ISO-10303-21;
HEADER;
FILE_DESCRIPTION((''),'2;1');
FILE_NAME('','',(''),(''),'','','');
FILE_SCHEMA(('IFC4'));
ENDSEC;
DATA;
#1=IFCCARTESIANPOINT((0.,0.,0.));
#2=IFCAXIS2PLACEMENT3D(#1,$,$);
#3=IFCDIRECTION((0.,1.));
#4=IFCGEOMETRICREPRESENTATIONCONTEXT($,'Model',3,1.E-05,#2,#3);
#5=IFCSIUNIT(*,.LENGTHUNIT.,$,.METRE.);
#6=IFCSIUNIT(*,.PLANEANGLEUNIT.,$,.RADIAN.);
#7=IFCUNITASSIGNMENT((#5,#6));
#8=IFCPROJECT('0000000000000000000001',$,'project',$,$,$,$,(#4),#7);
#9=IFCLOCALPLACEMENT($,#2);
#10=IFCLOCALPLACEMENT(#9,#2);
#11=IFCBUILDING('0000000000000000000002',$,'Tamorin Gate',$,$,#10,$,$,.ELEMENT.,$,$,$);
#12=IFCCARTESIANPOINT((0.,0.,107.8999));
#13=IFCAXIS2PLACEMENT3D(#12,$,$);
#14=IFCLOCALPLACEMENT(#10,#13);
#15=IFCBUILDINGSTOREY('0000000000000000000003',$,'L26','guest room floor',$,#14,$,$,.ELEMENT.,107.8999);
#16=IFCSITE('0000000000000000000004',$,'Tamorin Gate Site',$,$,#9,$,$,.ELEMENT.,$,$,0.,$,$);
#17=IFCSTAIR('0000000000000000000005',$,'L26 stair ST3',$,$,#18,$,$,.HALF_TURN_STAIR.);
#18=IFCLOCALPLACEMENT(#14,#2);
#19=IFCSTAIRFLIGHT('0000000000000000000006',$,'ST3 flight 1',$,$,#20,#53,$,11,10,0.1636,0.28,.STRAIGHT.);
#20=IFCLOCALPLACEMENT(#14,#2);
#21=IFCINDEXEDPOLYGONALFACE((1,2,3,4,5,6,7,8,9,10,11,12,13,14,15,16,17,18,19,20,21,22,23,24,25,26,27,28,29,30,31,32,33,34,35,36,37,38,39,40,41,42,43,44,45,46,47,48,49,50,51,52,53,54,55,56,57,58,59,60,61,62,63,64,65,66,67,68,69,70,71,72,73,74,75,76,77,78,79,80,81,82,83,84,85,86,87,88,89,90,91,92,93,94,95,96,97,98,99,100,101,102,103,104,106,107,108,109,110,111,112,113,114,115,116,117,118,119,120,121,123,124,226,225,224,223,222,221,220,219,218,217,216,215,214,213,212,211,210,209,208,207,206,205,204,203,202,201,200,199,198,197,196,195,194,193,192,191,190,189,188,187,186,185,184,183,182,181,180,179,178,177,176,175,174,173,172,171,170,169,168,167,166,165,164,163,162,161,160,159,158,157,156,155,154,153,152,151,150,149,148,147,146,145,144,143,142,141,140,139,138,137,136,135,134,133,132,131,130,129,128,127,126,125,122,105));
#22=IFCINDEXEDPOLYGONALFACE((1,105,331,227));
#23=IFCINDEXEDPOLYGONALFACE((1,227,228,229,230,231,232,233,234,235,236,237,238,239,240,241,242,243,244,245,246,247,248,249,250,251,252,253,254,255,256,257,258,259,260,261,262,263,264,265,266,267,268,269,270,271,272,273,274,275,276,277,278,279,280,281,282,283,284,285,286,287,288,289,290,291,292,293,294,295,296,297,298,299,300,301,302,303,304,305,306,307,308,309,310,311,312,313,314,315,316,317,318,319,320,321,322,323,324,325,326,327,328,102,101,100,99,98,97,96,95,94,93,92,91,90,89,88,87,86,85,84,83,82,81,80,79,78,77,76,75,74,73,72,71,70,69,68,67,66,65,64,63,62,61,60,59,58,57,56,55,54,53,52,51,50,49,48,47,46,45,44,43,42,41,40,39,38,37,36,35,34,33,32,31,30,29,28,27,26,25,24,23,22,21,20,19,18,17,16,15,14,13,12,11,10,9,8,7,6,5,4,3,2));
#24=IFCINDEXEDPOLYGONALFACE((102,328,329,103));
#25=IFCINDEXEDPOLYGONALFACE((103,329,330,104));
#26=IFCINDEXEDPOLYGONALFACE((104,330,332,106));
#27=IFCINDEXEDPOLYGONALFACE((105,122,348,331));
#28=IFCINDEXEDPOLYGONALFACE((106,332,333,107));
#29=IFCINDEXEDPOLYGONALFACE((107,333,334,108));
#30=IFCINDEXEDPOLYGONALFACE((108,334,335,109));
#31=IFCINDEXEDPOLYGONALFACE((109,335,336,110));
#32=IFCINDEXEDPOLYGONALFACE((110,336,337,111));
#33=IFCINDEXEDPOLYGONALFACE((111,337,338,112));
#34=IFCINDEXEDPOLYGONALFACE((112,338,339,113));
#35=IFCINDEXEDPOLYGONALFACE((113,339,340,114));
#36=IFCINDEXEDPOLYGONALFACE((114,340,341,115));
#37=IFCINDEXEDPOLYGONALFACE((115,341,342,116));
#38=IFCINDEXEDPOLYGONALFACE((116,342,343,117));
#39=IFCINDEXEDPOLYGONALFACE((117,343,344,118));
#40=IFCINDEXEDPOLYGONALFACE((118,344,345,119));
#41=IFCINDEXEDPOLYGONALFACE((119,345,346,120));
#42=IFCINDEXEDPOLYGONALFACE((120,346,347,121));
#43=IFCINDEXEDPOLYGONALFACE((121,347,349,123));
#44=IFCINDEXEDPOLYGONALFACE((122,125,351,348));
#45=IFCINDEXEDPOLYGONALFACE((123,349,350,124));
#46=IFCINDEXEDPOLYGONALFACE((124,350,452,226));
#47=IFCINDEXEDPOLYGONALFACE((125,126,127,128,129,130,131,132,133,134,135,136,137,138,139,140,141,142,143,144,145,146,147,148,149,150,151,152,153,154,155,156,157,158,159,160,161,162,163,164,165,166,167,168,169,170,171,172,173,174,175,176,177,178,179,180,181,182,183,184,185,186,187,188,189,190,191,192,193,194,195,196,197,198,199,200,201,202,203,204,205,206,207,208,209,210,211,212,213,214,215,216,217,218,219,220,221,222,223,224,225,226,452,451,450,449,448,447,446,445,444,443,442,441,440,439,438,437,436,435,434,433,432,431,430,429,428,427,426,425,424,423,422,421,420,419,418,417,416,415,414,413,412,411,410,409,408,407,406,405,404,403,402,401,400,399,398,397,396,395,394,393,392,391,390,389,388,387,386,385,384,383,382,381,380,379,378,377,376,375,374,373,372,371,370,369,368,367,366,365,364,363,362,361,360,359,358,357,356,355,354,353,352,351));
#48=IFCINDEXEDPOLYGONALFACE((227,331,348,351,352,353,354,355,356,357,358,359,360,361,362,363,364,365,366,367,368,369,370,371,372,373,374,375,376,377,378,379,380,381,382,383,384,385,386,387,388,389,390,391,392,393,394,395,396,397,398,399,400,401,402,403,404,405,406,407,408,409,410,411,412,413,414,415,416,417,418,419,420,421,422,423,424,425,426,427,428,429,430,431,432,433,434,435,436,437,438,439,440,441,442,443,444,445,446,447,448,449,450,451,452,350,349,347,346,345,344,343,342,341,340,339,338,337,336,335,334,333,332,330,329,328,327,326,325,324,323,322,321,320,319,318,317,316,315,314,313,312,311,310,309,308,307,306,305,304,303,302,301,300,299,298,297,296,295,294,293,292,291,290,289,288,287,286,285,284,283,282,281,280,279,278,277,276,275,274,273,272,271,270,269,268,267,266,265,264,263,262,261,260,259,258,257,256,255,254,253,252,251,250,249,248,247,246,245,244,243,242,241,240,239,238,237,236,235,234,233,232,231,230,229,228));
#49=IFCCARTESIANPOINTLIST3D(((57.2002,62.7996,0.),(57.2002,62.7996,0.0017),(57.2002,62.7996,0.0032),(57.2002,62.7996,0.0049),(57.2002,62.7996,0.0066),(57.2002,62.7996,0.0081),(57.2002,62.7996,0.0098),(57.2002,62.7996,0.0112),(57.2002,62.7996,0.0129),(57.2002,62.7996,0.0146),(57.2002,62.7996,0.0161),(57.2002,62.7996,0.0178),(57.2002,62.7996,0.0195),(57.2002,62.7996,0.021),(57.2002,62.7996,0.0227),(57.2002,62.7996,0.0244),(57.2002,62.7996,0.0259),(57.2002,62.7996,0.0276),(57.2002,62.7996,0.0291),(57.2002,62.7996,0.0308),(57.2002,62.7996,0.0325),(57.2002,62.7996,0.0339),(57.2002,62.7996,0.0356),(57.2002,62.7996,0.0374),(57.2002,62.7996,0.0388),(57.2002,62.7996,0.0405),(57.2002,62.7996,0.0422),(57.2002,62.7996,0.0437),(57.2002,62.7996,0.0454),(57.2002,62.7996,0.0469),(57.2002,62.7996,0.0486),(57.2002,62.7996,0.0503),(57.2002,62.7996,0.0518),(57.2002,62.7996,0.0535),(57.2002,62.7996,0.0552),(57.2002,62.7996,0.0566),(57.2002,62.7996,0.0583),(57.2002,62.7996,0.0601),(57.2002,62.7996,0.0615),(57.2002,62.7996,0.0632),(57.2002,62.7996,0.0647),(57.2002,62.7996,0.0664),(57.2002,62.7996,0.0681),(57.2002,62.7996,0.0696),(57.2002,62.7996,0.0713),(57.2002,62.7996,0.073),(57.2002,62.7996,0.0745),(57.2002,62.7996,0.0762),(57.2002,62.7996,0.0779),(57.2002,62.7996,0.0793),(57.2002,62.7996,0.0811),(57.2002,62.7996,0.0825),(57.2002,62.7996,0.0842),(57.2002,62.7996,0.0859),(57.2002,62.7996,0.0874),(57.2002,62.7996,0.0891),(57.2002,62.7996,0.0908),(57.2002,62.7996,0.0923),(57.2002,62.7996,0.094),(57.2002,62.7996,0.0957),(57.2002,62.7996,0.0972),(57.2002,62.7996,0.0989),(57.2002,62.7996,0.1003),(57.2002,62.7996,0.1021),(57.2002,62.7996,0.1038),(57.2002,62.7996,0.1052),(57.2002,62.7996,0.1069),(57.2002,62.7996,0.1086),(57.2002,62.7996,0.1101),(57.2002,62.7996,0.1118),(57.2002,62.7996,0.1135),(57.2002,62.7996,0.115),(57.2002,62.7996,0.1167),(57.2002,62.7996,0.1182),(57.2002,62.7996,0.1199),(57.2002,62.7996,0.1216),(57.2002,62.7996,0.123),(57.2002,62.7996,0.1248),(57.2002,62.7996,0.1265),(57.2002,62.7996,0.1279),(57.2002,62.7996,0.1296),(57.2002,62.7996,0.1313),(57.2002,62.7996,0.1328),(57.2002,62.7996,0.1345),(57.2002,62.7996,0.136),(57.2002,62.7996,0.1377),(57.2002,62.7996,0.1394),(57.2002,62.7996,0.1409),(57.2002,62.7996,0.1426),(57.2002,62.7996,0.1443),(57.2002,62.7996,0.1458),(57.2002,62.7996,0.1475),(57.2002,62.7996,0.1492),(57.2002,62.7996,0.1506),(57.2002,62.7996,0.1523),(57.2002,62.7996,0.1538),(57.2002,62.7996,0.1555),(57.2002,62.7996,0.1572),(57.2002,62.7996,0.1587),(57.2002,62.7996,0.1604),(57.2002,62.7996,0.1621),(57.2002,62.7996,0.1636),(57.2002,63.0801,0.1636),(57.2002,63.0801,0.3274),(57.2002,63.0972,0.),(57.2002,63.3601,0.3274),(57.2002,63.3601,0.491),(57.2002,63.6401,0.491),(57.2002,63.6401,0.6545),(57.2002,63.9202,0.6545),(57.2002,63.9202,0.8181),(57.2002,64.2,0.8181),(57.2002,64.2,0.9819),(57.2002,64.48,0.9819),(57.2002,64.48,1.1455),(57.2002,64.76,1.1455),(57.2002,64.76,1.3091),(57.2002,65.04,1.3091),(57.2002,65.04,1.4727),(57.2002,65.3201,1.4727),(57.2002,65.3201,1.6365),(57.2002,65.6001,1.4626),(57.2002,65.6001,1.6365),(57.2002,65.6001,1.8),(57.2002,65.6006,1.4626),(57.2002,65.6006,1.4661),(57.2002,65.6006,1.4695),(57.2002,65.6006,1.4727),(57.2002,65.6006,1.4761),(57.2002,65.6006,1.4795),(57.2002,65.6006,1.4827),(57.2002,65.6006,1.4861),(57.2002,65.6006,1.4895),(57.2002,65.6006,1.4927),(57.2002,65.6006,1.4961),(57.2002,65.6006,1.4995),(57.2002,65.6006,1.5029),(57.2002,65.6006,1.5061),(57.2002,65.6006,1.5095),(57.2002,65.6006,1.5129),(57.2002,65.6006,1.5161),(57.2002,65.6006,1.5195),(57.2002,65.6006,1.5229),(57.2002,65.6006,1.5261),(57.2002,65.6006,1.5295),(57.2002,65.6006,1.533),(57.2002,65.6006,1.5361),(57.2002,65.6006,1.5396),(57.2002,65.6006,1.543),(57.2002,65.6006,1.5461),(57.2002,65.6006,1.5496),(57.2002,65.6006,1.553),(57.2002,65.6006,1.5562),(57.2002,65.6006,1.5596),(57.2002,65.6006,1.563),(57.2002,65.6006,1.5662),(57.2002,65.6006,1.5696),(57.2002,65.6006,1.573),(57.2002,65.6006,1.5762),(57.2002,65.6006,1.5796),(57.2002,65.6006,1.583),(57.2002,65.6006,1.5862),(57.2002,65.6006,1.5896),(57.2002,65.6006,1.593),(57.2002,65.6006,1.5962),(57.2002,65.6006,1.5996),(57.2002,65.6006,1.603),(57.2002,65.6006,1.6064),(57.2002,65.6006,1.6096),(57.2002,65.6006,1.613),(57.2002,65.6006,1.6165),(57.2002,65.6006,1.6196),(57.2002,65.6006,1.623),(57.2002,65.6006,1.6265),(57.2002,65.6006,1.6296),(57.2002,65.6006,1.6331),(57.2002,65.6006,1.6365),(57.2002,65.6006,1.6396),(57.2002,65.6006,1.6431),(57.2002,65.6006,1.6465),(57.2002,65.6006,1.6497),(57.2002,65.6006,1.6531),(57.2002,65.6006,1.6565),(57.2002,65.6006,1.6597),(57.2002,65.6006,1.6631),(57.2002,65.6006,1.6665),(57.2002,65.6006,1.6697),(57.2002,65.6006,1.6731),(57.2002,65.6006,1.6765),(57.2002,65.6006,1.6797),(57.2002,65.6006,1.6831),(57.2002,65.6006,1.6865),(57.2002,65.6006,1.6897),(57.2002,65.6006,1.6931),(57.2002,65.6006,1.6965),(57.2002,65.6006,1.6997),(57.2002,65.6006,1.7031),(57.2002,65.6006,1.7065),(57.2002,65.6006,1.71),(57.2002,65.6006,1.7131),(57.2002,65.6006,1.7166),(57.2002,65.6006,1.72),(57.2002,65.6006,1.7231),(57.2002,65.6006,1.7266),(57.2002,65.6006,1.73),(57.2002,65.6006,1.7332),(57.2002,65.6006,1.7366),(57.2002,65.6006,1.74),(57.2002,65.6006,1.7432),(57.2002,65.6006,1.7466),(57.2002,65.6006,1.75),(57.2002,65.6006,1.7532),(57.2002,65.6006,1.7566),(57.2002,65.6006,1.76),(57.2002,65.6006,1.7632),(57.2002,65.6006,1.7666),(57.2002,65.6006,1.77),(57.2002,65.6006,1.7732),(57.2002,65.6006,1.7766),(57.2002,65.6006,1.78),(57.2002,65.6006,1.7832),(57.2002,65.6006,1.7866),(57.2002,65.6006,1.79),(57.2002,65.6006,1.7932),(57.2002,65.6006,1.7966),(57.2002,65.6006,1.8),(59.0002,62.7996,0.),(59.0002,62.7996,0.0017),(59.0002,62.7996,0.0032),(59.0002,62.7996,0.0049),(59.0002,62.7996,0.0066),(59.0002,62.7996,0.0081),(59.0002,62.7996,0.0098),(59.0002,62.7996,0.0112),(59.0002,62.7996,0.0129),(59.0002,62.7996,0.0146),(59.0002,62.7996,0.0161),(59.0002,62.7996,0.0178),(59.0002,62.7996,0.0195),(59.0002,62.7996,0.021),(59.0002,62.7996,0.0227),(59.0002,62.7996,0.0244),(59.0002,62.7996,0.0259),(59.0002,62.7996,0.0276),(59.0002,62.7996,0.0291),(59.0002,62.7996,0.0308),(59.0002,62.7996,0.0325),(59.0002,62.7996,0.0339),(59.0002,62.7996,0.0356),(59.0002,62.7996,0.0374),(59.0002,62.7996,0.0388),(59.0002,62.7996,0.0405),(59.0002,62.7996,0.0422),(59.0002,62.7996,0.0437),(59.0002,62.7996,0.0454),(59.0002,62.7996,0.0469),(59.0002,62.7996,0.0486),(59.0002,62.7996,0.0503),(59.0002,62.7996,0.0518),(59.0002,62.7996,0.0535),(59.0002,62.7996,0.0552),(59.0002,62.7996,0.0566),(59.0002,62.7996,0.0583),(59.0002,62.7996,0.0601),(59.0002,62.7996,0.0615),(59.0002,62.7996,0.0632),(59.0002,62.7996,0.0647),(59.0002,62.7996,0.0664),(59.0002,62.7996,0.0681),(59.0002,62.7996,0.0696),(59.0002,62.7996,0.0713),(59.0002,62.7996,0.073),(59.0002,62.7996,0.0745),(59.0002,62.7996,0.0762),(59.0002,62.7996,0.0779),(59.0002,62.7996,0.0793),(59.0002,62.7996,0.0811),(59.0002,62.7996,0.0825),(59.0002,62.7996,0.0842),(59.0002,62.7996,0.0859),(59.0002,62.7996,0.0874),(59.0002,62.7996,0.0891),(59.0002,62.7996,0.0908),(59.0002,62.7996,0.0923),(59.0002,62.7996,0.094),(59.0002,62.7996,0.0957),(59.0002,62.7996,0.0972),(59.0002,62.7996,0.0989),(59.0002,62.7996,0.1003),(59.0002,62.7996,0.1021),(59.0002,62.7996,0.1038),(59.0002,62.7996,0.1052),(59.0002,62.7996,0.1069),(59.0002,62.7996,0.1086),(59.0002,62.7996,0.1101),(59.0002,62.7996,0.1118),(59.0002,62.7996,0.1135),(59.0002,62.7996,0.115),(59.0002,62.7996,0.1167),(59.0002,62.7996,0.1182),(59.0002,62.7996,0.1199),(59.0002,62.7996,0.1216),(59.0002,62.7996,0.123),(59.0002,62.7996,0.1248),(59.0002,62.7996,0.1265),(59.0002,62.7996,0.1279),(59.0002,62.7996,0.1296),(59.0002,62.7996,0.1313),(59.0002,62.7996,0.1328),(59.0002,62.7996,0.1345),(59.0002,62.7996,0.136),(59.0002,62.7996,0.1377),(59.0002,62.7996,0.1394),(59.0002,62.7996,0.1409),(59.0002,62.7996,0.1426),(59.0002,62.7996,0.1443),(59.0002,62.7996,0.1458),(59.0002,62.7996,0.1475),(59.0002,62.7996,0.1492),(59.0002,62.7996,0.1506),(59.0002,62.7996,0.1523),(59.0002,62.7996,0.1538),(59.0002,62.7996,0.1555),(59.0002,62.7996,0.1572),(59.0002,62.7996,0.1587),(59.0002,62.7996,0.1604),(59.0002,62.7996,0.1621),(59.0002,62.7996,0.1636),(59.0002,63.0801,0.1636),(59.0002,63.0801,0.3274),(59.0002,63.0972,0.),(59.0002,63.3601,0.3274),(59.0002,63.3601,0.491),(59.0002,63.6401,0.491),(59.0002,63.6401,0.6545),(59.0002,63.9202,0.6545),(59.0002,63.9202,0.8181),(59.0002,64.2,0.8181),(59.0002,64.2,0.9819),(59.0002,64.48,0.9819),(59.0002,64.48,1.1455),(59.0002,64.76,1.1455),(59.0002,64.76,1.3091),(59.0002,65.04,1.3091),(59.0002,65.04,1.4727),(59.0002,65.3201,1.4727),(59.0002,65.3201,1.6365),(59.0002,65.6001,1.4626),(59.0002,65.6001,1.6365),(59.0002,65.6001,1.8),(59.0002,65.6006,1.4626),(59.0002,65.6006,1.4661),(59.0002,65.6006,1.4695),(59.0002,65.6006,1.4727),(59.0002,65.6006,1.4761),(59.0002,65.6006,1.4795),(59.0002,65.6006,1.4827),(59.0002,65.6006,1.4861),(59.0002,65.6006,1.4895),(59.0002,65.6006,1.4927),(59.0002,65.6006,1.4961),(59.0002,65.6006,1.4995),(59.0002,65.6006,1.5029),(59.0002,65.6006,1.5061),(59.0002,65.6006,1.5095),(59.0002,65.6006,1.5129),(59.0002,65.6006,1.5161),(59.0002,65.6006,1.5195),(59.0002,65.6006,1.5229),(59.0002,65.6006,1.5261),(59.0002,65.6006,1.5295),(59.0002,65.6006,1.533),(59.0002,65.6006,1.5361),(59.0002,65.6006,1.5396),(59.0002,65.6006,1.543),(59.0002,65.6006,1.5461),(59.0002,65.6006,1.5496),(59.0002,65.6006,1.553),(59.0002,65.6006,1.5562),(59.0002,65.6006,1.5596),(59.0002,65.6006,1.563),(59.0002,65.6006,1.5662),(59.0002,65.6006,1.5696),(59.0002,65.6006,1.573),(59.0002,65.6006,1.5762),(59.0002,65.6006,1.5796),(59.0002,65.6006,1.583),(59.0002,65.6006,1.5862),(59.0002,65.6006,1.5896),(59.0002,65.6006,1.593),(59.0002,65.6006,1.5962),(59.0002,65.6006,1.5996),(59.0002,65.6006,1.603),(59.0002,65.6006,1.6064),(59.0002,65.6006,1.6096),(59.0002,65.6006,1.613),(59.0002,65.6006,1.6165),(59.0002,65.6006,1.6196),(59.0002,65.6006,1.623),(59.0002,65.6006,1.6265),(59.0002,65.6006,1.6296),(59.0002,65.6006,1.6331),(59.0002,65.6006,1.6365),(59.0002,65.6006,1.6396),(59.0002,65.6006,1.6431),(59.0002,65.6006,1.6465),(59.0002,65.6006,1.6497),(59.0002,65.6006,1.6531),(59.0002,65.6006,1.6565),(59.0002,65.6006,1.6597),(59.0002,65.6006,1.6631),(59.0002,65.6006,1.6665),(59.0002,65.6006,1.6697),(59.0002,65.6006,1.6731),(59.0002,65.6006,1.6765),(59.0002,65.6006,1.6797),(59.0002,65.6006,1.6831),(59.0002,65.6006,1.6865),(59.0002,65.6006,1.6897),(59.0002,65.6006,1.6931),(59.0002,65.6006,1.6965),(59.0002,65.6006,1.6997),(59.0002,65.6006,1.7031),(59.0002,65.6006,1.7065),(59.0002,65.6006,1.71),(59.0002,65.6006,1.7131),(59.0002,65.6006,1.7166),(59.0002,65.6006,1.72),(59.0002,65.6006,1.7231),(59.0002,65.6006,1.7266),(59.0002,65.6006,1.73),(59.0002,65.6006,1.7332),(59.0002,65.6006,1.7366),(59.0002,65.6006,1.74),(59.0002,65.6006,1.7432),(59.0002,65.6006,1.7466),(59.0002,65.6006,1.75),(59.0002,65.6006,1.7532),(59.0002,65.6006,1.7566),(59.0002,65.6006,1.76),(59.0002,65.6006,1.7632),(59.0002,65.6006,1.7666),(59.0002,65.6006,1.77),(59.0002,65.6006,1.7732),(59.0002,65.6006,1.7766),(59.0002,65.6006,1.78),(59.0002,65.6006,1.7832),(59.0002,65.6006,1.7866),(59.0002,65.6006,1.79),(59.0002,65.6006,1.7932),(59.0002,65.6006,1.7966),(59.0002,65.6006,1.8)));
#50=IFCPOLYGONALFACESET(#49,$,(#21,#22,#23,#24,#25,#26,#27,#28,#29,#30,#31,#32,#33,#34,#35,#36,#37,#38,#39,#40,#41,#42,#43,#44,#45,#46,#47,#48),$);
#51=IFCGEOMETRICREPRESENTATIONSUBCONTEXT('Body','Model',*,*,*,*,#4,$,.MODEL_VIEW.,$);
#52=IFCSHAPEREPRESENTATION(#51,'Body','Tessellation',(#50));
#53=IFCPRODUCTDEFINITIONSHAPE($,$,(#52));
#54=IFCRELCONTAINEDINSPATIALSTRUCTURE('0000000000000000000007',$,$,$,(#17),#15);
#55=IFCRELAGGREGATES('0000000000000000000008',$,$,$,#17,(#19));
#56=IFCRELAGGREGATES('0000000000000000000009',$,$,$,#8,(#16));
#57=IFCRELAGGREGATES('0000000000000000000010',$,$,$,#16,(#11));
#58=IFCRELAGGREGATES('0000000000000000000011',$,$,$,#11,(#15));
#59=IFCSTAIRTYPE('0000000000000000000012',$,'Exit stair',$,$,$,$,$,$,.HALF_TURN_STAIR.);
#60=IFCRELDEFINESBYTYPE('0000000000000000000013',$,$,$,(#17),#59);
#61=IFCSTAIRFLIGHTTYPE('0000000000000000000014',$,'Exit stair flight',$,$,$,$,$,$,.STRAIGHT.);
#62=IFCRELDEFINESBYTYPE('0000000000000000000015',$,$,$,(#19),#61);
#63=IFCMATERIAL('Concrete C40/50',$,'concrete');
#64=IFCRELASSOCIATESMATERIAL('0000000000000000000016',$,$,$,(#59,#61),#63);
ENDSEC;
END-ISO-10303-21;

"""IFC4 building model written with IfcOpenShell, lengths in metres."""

from ifc_helpers import new_model, si_unit, direction, frame, origin, place, context, subcontext, project, spatial, polyline, outline, extrude, material, type_object, element, aggregate, save


model = new_model("IFC4")

# Units and contexts
model_context = context("Model", 3, precision=1e-05, world=origin(), true_north=direction((0.0, 1.0)))
body_context = subcontext(model_context, "Body", "Model", "MODEL_VIEW")
ifc_project = project(units=[si_unit("LENGTHUNIT", "METRE"), si_unit("PLANEANGLEUNIT", "RADIAN")], contexts=[model_context])

# Site, building, storey
site_placement = place(None, origin())
site = spatial("IfcSite", under=ifc_project, at=site_placement, Name="Tamorin Gate Site", CompositionType="ELEMENT", RefElevation=0.0)
building_placement = place(site_placement, origin())
building = spatial("IfcBuilding", under=site, at=building_placement, Name="Tamorin Gate", CompositionType="ELEMENT")
storey_placement = place(building_placement, frame((0.0, 0.0, 107.8999)))
storey = spatial("IfcBuildingStorey", under=building, at=storey_placement, Name="L26", Description="guest room floor", CompositionType="ELEMENT", Elevation=107.8999)

# Shared definitions
ifc_material_1 = material(Name="Concrete C40/50", Category="concrete")

# Stair, stair flight
stair_type = type_object("IfcStairType", Name="Exit stair", PredefinedType="HALF_TURN_STAIR", material=ifc_material_1)
stair_placement = place(storey_placement, origin())
stair = element("IfcStair", 1, at=stair_placement, inside=storey, type_object=stair_type, Name="L26 stair ST3", PredefinedType="HALF_TURN_STAIR")
stair_flight_type = type_object("IfcStairFlightType", Name="Exit stair flight", PredefinedType="STRAIGHT", material=ifc_material_1)
stair_flight_1_placement = place(storey_placement, frame((58.1001, 62.8, 0.0), z_axis=(0.0, 0.0, 1.0), x_axis=(0.0, 1.0, 0.0)))
stair_flight_1 = element("IfcStairFlight", 2, at=stair_flight_1_placement, type_object=stair_flight_type, Name="ST3 flight 1", NumberOfRisers=11, NumberOfTreads=10, PredefinedType="STRAIGHT", RiserHeight=0.1636, TreadLength=0.28, context=body_context, shape_type="SweptSolid", body=[
    extrude(outline(polyline([(-0.0005, 0.0), (-0.0005, 0.0017), (-0.0005, 0.0032), (-0.0005, 0.0049), (-0.0005, 0.0066), (-0.0005, 0.0081), (-0.0005, 0.0098), (-0.0005, 0.0112), (-0.0005, 0.0129), (-0.0005, 0.0146), (-0.0005, 0.0161), (-0.0005, 0.0178), (-0.0005, 0.0195), (-0.0005, 0.021), (-0.0005, 0.0227), (-0.0005, 0.0244), (-0.0005, 0.0259), (-0.0005, 0.0276), (-0.0005, 0.0291), (-0.0005, 0.0308), (-0.0005, 0.0325), (-0.0005, 0.0339), (-0.0005, 0.0356), (-0.0005, 0.0374), (-0.0005, 0.0388), (-0.0005, 0.0405), (-0.0005, 0.0422), (-0.0005, 0.0437), (-0.0005, 0.0454), (-0.0005, 0.0469), (-0.0005, 0.0486), (-0.0005, 0.0503), (-0.0005, 0.0518), (-0.0005, 0.0535), (-0.0005, 0.0552), (-0.0005, 0.0566), (-0.0005, 0.0583), (-0.0005, 0.0601), (-0.0005, 0.0615), (-0.0005, 0.0632), (-0.0005, 0.0647), (-0.0005, 0.0664), (-0.0005, 0.0681), (-0.0005, 0.0696), (-0.0005, 0.0713), (-0.0005, 0.073), (-0.0005, 0.0745), (-0.0005, 0.0762), (-0.0005, 0.0779), (-0.0005, 0.0793), (-0.0005, 0.0811), (-0.0005, 0.0825), (-0.0005, 0.0842), (-0.0005, 0.0859), (-0.0005, 0.0874), (-0.0005, 0.0891), (-0.0005, 0.0908), (-0.0005, 0.0923), (-0.0005, 0.094), (-0.0005, 0.0957), (-0.0005, 0.0972), (-0.0005, 0.0989), (-0.0005, 0.1003), (-0.0005, 0.1021), (-0.0005, 0.1038), (-0.0005, 0.1052), (-0.0005, 0.1069), (-0.0005, 0.1086), (-0.0005, 0.1101), (-0.0005, 0.1118), (-0.0005, 0.1135), (-0.0005, 0.115), (-0.0005, 0.1167), (-0.0005, 0.1182), (-0.0005, 0.1199), (-0.0005, 0.1216), (-0.0005, 0.123), (-0.0005, 0.1248), (-0.0005, 0.1265), (-0.0005, 0.1279), (-0.0005, 0.1296), (-0.0005, 0.1313), (-0.0005, 0.1328), (-0.0005, 0.1345), (-0.0005, 0.136), (-0.0005, 0.1377), (-0.0005, 0.1394), (-0.0005, 0.1409), (-0.0005, 0.1426), (-0.0005, 0.1443), (-0.0005, 0.1458), (-0.0005, 0.1475), (-0.0005, 0.1492), (-0.0005, 0.1506), (-0.0005, 0.1523), (-0.0005, 0.1538), (-0.0005, 0.1555), (-0.0005, 0.1572), (-0.0005, 0.1587), (-0.0005, 0.1604), (-0.0005, 0.1621), (-0.0005, 0.1636), (0.28, 0.1636), (0.28, 0.3274), (0.5601, 0.3274), (0.5601, 0.491), (0.8401, 0.491), (0.8401, 0.6545), (1.1201, 0.6545), (1.1201, 0.8181), (1.3999, 0.8181), (1.3999, 0.9819), (1.6799, 0.9819), (1.6799, 1.1455), (1.96, 1.1455), (1.96, 1.3091), (2.24, 1.3091), (2.24, 1.4727), (2.52, 1.4727), (2.52, 1.6365), (2.8, 1.6365), (2.8, 1.8), (2.8005, 1.8), (2.8005, 1.7966), (2.8005, 1.7932), (2.8005, 1.79), (2.8005, 1.7866), (2.8005, 1.7832), (2.8005, 1.78), (2.8005, 1.7766), (2.8005, 1.7732), (2.8005, 1.77), (2.8005, 1.7666), (2.8005, 1.7632), (2.8005, 1.76), (2.8005, 1.7566), (2.8005, 1.7532), (2.8005, 1.75), (2.8005, 1.7466), (2.8005, 1.7432), (2.8005, 1.74), (2.8005, 1.7366), (2.8005, 1.7332), (2.8005, 1.73), (2.8005, 1.7266), (2.8005, 1.7231), (2.8005, 1.72), (2.8005, 1.7166), (2.8005, 1.7131), (2.8005, 1.71), (2.8005, 1.7065), (2.8005, 1.7031), (2.8005, 1.6997), (2.8005, 1.6965), (2.8005, 1.6931), (2.8005, 1.6897), (2.8005, 1.6865), (2.8005, 1.6831), (2.8005, 1.6797), (2.8005, 1.6765), (2.8005, 1.6731), (2.8005, 1.6697), (2.8005, 1.6665), (2.8005, 1.6631), (2.8005, 1.6597), (2.8005, 1.6565), (2.8005, 1.6531), (2.8005, 1.6497), (2.8005, 1.6465), (2.8005, 1.6431), (2.8005, 1.6396), (2.8005, 1.6365), (2.8005, 1.6331), (2.8005, 1.6296), (2.8005, 1.6265), (2.8005, 1.623), (2.8005, 1.6196), (2.8005, 1.6165), (2.8005, 1.613), (2.8005, 1.6096), (2.8005, 1.6064), (2.8005, 1.603), (2.8005, 1.5996), (2.8005, 1.5962), (2.8005, 1.593), (2.8005, 1.5896), (2.8005, 1.5862), (2.8005, 1.583), (2.8005, 1.5796), (2.8005, 1.5762), (2.8005, 1.573), (2.8005, 1.5696), (2.8005, 1.5662), (2.8005, 1.563), (2.8005, 1.5596), (2.8005, 1.5562), (2.8005, 1.553), (2.8005, 1.5496), (2.8005, 1.5461), (2.8005, 1.543), (2.8005, 1.5396), (2.8005, 1.5361), (2.8005, 1.533), (2.8005, 1.5295), (2.8005, 1.5261), (2.8005, 1.5229), (2.8005, 1.5195), (2.8005, 1.5161), (2.8005, 1.5129), (2.8005, 1.5095), (2.8005, 1.5061), (2.8005, 1.5029), (2.8005, 1.4995), (2.8005, 1.4961), (2.8005, 1.4927), (2.8005, 1.4895), (2.8005, 1.4861), (2.8005, 1.4827), (2.8005, 1.4795), (2.8005, 1.4761), (2.8005, 1.4727), (2.8005, 1.4695), (2.8005, 1.4661), (2.8005, 1.4626), (2.8, 1.4626), (0.2971, 0.0), (-0.0005, 0.0)])), frame((0.0, 0.8999, 0.0), z_axis=(0.0, -1.0, 0.0), x_axis=(1.0, 0.0, 0.0)), (0.0, 0.0, 1.0), 1.8),
])
aggregate(stair, [stair_flight_1])

save(model, "model.ifc")
